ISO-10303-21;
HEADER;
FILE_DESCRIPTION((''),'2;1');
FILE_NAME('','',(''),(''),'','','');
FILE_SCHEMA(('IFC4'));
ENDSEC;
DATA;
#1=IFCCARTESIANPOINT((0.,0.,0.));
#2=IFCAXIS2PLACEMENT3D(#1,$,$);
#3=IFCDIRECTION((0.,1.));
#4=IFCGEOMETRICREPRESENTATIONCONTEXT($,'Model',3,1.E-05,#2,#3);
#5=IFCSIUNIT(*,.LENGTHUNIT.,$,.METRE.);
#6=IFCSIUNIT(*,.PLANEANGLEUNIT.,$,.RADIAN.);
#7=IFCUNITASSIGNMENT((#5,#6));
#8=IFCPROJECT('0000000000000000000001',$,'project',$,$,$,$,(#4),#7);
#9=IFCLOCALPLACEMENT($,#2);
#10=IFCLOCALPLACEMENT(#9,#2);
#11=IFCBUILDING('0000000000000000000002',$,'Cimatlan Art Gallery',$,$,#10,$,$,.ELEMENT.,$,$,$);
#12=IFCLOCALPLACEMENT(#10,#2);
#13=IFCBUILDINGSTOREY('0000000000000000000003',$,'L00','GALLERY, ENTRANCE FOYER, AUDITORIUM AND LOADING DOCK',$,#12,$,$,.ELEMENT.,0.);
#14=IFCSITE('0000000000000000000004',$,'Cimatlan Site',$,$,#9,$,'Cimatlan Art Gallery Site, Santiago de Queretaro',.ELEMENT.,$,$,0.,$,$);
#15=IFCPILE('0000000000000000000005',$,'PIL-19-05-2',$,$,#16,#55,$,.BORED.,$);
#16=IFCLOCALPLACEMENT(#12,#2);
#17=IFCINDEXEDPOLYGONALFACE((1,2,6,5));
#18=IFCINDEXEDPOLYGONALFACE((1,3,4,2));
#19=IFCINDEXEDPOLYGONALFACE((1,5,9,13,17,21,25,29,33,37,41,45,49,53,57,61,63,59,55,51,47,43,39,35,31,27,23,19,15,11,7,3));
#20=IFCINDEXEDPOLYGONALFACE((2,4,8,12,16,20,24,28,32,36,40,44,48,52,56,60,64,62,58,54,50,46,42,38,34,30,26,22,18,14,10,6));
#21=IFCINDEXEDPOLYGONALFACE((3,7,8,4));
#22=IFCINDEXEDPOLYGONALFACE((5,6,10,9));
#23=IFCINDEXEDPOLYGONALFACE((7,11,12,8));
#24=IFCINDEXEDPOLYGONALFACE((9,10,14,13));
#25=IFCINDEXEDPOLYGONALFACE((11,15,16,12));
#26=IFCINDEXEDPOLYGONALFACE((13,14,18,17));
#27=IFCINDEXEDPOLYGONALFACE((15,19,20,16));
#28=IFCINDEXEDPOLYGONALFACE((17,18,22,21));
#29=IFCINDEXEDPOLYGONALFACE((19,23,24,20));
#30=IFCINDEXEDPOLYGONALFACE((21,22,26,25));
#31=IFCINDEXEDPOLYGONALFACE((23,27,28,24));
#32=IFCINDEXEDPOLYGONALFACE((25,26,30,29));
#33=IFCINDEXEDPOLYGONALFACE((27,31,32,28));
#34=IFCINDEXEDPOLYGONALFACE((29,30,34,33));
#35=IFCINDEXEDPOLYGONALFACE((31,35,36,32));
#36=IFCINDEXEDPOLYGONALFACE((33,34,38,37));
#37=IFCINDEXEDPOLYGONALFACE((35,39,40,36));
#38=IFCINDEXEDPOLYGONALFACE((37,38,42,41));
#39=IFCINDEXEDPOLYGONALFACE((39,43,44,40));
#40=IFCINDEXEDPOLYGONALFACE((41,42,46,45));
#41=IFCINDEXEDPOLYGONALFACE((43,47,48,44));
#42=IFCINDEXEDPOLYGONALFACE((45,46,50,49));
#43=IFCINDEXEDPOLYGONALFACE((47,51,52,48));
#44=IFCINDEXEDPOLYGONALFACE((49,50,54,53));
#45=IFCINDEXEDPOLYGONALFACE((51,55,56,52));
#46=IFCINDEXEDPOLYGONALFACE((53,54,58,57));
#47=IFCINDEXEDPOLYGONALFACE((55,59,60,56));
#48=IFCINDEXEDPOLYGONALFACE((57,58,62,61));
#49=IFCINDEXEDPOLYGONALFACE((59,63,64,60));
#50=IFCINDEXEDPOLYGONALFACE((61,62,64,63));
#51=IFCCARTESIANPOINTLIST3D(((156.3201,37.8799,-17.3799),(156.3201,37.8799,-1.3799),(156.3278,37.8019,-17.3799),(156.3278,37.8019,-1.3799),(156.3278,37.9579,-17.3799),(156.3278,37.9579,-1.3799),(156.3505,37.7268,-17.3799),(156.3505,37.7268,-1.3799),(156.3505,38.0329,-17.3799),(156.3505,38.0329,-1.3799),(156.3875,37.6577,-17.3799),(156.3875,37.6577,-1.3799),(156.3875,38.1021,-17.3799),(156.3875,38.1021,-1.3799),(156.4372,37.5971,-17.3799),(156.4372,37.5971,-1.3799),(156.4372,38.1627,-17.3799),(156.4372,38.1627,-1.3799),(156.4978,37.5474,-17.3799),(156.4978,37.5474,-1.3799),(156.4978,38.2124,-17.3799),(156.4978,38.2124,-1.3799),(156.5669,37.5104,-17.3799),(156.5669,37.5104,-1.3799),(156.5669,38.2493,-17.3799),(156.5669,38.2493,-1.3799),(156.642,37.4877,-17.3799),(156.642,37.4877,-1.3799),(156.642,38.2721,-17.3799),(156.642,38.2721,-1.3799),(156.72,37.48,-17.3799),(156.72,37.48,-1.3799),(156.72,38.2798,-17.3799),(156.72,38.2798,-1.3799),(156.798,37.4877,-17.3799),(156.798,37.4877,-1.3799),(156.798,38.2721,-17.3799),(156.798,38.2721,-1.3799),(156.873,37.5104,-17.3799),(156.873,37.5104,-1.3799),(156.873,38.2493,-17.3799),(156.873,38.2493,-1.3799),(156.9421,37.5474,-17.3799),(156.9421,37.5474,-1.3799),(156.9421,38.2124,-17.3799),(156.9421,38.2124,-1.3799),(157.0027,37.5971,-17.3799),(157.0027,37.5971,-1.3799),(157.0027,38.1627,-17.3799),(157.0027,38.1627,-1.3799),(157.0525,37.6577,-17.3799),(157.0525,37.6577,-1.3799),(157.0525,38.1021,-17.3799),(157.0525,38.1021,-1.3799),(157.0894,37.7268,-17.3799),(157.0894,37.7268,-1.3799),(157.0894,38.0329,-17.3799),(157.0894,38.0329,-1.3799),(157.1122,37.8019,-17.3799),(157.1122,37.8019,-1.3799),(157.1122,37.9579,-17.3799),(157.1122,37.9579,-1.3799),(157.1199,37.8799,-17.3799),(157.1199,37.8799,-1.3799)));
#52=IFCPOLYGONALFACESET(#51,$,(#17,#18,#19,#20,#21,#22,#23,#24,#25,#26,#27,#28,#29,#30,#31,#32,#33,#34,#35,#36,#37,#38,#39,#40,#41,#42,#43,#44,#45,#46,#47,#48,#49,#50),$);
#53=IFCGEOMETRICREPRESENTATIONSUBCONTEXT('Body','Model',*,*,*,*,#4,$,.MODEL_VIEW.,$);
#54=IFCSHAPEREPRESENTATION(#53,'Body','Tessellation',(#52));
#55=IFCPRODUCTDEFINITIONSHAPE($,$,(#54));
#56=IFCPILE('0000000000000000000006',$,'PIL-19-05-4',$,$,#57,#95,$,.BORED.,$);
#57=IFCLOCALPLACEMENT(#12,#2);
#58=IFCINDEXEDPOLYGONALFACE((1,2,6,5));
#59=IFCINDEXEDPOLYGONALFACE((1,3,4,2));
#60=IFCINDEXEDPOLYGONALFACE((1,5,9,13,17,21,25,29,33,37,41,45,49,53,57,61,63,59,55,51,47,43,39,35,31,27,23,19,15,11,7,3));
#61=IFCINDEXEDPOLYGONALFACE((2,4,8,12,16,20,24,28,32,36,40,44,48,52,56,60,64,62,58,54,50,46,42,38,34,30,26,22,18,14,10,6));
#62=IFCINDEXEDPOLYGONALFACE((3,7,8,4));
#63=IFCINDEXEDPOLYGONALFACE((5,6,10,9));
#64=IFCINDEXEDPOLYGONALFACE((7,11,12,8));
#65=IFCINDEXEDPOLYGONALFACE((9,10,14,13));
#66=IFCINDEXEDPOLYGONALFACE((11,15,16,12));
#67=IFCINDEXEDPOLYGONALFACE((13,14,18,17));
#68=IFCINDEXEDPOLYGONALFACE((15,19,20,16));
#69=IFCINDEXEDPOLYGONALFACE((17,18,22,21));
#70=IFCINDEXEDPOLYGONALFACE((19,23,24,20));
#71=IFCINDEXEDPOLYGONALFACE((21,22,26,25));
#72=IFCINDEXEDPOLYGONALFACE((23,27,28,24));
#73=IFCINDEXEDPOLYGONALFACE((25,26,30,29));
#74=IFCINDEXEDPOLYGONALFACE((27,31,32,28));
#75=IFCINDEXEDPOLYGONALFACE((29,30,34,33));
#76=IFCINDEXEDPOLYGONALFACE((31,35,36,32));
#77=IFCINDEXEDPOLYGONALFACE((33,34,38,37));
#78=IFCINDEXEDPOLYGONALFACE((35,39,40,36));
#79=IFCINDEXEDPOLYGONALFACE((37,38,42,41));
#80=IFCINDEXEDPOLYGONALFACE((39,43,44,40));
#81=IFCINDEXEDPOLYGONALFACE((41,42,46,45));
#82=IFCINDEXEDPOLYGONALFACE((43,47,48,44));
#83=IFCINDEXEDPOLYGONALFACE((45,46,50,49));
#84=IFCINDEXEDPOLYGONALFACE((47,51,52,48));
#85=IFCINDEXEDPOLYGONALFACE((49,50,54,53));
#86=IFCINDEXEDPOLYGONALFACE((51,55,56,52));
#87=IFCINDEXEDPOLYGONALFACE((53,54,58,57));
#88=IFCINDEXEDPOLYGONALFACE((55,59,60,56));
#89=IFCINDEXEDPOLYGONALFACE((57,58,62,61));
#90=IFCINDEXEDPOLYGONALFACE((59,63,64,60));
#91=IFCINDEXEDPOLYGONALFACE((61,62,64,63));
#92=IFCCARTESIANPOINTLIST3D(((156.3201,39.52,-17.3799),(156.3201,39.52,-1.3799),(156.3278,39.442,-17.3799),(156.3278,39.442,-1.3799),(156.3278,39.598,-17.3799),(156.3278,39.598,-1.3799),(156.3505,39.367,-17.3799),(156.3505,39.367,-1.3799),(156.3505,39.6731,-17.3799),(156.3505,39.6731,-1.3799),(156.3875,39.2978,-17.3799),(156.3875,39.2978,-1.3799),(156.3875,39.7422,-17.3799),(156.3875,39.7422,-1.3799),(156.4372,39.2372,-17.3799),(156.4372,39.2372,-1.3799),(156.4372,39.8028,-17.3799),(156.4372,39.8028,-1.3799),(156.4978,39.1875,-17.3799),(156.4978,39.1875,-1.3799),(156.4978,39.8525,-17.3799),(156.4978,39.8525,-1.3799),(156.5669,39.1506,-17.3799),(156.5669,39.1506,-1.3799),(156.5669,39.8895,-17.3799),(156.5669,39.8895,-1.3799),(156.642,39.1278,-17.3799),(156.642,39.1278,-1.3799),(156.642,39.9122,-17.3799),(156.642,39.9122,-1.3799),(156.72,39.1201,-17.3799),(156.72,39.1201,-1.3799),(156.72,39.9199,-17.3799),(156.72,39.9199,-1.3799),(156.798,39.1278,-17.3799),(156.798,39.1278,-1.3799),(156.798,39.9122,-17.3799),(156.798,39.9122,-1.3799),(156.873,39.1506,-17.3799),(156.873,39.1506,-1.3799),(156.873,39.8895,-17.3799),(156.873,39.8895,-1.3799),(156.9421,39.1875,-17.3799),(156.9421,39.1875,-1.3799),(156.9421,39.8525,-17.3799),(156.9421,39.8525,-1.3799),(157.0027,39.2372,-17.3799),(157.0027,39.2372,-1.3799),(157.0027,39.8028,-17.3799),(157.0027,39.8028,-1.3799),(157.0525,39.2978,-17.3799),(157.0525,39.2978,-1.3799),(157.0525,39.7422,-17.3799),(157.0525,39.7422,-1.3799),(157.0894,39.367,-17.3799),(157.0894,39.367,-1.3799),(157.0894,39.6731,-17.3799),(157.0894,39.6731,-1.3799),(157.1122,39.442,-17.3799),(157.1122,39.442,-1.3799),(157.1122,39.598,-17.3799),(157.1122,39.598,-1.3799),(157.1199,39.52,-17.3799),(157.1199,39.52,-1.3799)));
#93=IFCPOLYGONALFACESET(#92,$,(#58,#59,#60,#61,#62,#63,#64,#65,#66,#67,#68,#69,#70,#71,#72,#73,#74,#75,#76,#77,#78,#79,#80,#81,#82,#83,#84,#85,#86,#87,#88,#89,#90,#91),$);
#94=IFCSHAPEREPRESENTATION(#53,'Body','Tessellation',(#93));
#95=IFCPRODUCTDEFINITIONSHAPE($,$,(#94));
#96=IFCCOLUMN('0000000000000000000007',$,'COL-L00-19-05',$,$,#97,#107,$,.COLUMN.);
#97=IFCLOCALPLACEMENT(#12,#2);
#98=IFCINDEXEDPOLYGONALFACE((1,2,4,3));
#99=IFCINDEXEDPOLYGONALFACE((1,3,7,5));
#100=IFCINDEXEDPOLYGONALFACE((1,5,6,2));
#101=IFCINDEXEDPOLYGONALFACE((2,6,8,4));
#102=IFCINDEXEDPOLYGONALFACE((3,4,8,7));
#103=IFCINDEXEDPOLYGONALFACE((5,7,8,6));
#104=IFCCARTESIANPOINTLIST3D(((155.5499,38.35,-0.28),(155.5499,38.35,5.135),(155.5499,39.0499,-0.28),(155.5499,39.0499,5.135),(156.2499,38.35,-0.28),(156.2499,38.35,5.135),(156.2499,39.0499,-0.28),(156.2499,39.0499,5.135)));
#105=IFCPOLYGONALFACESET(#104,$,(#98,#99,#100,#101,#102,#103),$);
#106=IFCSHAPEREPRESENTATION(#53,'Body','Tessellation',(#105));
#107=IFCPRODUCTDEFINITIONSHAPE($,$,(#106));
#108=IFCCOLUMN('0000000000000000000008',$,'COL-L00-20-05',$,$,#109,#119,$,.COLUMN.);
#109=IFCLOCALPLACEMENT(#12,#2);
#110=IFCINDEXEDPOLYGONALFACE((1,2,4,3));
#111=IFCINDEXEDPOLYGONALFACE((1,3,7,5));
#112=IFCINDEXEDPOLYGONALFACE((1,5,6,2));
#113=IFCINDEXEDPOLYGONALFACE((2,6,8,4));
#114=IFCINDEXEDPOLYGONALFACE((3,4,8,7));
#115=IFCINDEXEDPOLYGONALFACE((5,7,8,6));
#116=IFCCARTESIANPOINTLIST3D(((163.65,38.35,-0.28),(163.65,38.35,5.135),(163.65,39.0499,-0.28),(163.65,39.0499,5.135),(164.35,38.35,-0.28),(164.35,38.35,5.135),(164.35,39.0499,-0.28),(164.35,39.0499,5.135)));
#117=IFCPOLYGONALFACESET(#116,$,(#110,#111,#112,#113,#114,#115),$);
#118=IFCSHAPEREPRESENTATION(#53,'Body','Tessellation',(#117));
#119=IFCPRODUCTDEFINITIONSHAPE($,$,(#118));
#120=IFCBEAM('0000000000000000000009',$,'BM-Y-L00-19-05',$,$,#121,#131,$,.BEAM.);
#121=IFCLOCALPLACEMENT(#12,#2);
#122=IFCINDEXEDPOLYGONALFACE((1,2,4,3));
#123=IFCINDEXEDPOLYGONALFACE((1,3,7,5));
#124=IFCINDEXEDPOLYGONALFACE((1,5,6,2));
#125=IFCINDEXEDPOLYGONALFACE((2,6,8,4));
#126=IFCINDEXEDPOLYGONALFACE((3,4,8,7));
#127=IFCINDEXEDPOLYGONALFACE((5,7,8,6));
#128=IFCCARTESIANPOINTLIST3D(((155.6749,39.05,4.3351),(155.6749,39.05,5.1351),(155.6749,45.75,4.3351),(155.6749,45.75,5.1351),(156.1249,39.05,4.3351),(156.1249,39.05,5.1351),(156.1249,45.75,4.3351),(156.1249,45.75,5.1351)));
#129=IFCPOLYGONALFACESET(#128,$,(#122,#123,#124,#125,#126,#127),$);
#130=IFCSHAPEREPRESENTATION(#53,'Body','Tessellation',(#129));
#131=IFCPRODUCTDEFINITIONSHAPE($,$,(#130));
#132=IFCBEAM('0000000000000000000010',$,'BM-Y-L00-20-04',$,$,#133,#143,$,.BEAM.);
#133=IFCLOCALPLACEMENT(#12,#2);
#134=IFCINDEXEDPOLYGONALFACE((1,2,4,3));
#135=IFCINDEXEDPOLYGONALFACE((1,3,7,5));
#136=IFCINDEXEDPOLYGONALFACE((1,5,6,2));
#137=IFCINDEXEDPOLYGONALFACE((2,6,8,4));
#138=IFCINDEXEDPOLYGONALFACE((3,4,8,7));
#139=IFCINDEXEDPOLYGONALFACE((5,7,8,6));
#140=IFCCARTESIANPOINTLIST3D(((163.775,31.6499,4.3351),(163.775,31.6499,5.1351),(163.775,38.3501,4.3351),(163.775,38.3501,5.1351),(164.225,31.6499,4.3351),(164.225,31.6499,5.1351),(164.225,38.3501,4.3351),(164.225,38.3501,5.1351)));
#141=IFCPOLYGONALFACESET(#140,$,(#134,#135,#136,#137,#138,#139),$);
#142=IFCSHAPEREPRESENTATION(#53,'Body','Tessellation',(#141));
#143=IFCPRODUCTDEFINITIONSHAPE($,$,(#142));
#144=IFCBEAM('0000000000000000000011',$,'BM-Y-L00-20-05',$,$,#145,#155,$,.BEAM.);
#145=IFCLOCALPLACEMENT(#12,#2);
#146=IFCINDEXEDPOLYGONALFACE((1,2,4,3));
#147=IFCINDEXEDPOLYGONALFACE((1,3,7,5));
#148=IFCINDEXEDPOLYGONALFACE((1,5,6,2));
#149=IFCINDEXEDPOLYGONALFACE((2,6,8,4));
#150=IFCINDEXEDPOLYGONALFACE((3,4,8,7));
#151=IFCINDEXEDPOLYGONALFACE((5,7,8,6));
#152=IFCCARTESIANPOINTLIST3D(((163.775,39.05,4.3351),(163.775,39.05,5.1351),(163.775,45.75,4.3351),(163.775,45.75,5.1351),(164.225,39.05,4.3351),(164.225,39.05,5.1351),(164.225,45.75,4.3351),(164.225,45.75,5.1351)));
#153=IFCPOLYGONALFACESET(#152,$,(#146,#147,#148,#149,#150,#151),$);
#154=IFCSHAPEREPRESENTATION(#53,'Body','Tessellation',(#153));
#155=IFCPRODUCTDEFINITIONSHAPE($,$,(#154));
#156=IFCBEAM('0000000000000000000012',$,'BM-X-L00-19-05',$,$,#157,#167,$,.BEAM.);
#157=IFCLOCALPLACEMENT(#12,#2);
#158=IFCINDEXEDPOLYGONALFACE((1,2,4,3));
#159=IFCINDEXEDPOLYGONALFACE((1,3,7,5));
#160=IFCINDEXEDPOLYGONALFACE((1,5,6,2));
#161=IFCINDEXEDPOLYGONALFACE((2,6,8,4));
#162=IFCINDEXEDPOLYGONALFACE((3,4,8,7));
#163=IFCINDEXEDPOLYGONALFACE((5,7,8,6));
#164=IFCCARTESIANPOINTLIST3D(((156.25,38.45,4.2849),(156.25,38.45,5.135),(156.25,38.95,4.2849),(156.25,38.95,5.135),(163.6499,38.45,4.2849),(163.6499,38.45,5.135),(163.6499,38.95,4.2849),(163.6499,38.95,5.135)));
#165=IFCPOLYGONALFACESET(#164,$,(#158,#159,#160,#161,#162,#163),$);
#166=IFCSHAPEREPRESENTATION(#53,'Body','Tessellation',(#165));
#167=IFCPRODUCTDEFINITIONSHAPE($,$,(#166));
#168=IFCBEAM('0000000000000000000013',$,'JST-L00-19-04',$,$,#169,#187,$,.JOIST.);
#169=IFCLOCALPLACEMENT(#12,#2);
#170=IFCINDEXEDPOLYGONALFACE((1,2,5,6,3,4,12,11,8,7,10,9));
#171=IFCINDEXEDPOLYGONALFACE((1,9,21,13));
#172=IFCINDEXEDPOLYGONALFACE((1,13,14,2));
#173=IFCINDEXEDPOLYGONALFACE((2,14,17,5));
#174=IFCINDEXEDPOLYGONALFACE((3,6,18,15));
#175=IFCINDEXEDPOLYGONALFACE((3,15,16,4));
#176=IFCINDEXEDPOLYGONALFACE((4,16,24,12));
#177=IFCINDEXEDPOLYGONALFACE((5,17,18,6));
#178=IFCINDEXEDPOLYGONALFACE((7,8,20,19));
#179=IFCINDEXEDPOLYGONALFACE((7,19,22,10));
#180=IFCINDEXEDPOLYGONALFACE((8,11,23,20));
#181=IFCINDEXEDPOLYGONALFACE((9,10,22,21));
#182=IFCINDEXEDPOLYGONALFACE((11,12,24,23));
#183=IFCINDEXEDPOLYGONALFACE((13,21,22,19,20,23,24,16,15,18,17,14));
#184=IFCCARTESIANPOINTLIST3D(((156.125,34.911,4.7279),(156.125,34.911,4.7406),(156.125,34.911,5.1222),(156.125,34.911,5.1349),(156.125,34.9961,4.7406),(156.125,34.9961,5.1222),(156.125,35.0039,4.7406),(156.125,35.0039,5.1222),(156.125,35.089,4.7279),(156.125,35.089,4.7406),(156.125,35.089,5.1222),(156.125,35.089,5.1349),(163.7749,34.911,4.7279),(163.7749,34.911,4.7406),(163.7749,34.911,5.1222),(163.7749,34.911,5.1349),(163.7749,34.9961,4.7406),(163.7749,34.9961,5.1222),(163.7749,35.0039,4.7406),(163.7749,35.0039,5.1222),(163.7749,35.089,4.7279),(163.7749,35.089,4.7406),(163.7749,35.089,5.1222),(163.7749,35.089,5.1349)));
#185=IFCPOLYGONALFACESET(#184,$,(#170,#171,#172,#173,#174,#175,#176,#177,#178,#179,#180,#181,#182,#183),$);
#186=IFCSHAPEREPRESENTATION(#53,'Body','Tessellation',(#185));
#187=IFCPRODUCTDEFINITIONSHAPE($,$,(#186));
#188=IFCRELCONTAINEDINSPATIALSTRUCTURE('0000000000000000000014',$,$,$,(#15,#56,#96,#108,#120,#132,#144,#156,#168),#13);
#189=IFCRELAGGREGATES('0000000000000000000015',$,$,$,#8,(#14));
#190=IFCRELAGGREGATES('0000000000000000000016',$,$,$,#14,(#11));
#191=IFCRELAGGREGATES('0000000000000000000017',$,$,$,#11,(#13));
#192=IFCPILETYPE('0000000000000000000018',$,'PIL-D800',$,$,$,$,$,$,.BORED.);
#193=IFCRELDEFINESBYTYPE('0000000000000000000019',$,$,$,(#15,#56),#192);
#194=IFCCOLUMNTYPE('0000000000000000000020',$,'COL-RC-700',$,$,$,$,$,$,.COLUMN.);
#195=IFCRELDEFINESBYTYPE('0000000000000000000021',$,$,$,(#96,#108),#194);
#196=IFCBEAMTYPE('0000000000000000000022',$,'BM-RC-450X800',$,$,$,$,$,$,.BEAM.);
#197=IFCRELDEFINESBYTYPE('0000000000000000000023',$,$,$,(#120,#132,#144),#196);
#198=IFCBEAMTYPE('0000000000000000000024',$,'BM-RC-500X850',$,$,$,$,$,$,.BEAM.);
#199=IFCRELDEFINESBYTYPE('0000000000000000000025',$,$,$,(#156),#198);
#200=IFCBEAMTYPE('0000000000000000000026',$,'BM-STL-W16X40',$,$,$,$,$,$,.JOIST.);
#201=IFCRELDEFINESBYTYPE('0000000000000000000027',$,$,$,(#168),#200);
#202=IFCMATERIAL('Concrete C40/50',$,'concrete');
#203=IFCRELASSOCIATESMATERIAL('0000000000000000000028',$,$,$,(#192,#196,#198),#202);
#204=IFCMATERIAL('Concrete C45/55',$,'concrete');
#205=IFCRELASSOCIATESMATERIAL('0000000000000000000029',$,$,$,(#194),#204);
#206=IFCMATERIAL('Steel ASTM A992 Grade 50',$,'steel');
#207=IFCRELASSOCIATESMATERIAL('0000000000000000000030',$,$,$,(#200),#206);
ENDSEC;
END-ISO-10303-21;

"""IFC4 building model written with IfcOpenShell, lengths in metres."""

from ifc_helpers import new_model, si_unit, direction, frame, origin, origin_2d, place, context, subcontext, project, spatial, rectangle, circle, i_section, extrude, material, material_profile, profile_set, type_object, element, save


model = new_model("IFC4")

# Units and contexts
model_context = context("Model", 3, precision=1e-05, world=origin(), true_north=direction((0.0, 1.0)))
body_context = subcontext(model_context, "Body", "Model", "MODEL_VIEW")
ifc_project = project(units=[si_unit("LENGTHUNIT", "METRE"), si_unit("PLANEANGLEUNIT", "RADIAN")], contexts=[model_context])

# Site, building, storey
site_placement = place(None, origin())
site = spatial("IfcSite", under=ifc_project, at=site_placement, Name="Cimatlan Site", LongName="Cimatlan Art Gallery Site, Santiago de Queretaro", CompositionType="ELEMENT", RefElevation=0.0)
building_placement = place(site_placement, origin())
building = spatial("IfcBuilding", under=site, at=building_placement, Name="Cimatlan Art Gallery", CompositionType="ELEMENT")
storey_placement = place(building_placement, origin())
storey = spatial("IfcBuildingStorey", under=building, at=storey_placement, Name="L00", Description="GALLERY, ENTRANCE FOYER, AUDITORIUM AND LOADING DOCK", CompositionType="ELEMENT", Elevation=0.0)

# Shared definitions
ifc_material_1 = material(Name="Concrete C40/50", Category="concrete")

# Piles
pile_type_1 = type_object("IfcPileType", Name="PIL-D800", PredefinedType="BORED", material=ifc_material_1)
for number, where, z_axis, x_axis, name in (
    (1, (156.72, 37.8799, -1.3799), (0.0, 0.0, -1.0), (1.0, 0.0, 0.0), "PIL-19-05-2"),
    (2, (156.72, 39.52, -1.3799), (0.0, 0.0, -1.0), (1.0, 0.0, 0.0), "PIL-19-05-4"),
):
    element("IfcPile", number, at=place(storey_placement, frame(where, z_axis=z_axis, x_axis=x_axis)), inside=storey, type_object=pile_type_1, Name=name, PredefinedType="BORED", context=body_context, shape_type="SweptSolid", body=[
        extrude(circle(Radius=0.3999, at=origin_2d()), origin(), (0.0, 0.0, 1.0), 16.0),
    ])

# Columns
ifc_material_2 = material(Name="Concrete C45/55", Category="concrete")
ifc_material_profile_1 = material_profile(ifc_material_2, rectangle(XDim=0.7, YDim=0.7, at=origin_2d()), Name="RC700X700")
ifc_profile_set_1 = profile_set([ifc_material_profile_1], Name="Concrete C45/55")
column_type = type_object("IfcColumnType", Name="COL-RC-700", PredefinedType="COLUMN", material=ifc_profile_set_1)
for number, where, z_axis, x_axis, name in (
    (3, (155.8999, 38.7, -0.28), (0.0, 0.0, 1.0), (1.0, 0.0, 0.0), "COL-L00-19-05"),
    (4, (164.0, 38.7, -0.28), (0.0, 0.0, 1.0), (1.0, 0.0, 0.0), "COL-L00-20-05"),
):
    element("IfcColumn", number, at=place(storey_placement, frame(where, z_axis=z_axis, x_axis=x_axis)), inside=storey, type_object=column_type, Name=name, PredefinedType="COLUMN", context=body_context, shape_type="SweptSolid", body=[
        extrude(rectangle(XDim=0.7, YDim=0.7, at=origin_2d()), origin(), (0.0, 0.0, 1.0), 5.415),
    ])

# Beams
ifc_material_profile_2 = material_profile(ifc_material_1, rectangle(XDim=0.45, YDim=0.8, at=origin_2d()), Name="RC450X800")
ifc_profile_set_2 = profile_set([ifc_material_profile_2], Name="Concrete C40/50")
beam_type_1 = type_object("IfcBeamType", Name="BM-RC-450X800", PredefinedType="BEAM", material=ifc_profile_set_2)
beam_1_placement = place(storey_placement, frame((155.8999, 39.05, 4.7351), z_axis=(0.0, 1.0, 0.0), x_axis=(-1.0, 0.0, 0.0)))
element("IfcBeam", 5, at=beam_1_placement, inside=storey, type_object=beam_type_1, Name="BM-Y-L00-19-05", PredefinedType="BEAM", context=body_context, shape_type="SweptSolid", body=[
    extrude(rectangle(XDim=0.45, YDim=0.8, at=origin_2d()), origin(), (0.0, 0.0, 1.0), 6.7),
])
beam_2_placement = place(storey_placement, frame((164.0, 31.6499, 4.7351), z_axis=(0.0, 1.0, 0.0), x_axis=(-1.0, 0.0, 0.0)))
element("IfcBeam", 6, at=beam_2_placement, inside=storey, type_object=beam_type_1, Name="BM-Y-L00-20-04", PredefinedType="BEAM", context=body_context, shape_type="SweptSolid", body=[
    extrude(rectangle(XDim=0.45, YDim=0.8, at=origin_2d()), origin(), (0.0, 0.0, 1.0), 6.7002),
])
beam_3_placement = place(storey_placement, frame((164.0, 39.05, 4.7351), z_axis=(0.0, 1.0, 0.0), x_axis=(-1.0, 0.0, 0.0)))
element("IfcBeam", 7, at=beam_3_placement, inside=storey, type_object=beam_type_1, Name="BM-Y-L00-20-05", PredefinedType="BEAM", context=body_context, shape_type="SweptSolid", body=[
    extrude(rectangle(XDim=0.45, YDim=0.8, at=origin_2d()), origin(), (0.0, 0.0, 1.0), 6.7),
])
ifc_material_profile_3 = material_profile(ifc_material_1, rectangle(XDim=0.5, YDim=0.8501, at=origin_2d()), Name="RC500X850")
ifc_profile_set_3 = profile_set([ifc_material_profile_3], Name="Concrete C40/50")
beam_type_2 = type_object("IfcBeamType", Name="BM-RC-500X850", PredefinedType="BEAM", material=ifc_profile_set_3)
beam_4_placement = place(storey_placement, frame((156.25, 38.7, 4.71), z_axis=(1.0, 0.0, 0.0), x_axis=(0.0, 1.0, 0.0)))
element("IfcBeam", 8, at=beam_4_placement, inside=storey, type_object=beam_type_2, Name="BM-X-L00-19-05", PredefinedType="BEAM", context=body_context, shape_type="SweptSolid", body=[
    extrude(rectangle(XDim=0.5, YDim=0.8501, at=origin_2d()), origin(), (0.0, 0.0, 1.0), 7.3999),
])
ifc_material_3 = material(Name="Steel ASTM A992 Grade 50", Category="steel")
ifc_material_profile_4 = material_profile(ifc_material_3, i_section(OverallWidth=0.178, OverallDepth=0.407, WebThickness=0.0078, FlangeThickness=0.0127, at=origin_2d()), Name="W16X40")
ifc_profile_set_4 = profile_set([ifc_material_profile_4], Name="Steel ASTM A992 Grade 50")
beam_type_3 = type_object("IfcBeamType", Name="BM-STL-W16X40", PredefinedType="JOIST", material=ifc_profile_set_4)
for number, where, z_axis, x_axis, name in (
    (9, (156.125, 35.0, 4.9314), (1.0, 0.0, 0.0), (0.0, 1.0, 0.0), "JST-L00-19-04"),
):
    element("IfcBeam", number, at=place(storey_placement, frame(where, z_axis=z_axis, x_axis=x_axis)), inside=storey, type_object=beam_type_3, Name=name, PredefinedType="JOIST", context=body_context, shape_type="SweptSolid", body=[
        extrude(i_section(OverallWidth=0.178, OverallDepth=0.407, WebThickness=0.0078, FlangeThickness=0.0127, at=origin_2d()), origin(), (0.0, 0.0, 1.0), 7.6499),
    ])

save(model, "model.ifc")
